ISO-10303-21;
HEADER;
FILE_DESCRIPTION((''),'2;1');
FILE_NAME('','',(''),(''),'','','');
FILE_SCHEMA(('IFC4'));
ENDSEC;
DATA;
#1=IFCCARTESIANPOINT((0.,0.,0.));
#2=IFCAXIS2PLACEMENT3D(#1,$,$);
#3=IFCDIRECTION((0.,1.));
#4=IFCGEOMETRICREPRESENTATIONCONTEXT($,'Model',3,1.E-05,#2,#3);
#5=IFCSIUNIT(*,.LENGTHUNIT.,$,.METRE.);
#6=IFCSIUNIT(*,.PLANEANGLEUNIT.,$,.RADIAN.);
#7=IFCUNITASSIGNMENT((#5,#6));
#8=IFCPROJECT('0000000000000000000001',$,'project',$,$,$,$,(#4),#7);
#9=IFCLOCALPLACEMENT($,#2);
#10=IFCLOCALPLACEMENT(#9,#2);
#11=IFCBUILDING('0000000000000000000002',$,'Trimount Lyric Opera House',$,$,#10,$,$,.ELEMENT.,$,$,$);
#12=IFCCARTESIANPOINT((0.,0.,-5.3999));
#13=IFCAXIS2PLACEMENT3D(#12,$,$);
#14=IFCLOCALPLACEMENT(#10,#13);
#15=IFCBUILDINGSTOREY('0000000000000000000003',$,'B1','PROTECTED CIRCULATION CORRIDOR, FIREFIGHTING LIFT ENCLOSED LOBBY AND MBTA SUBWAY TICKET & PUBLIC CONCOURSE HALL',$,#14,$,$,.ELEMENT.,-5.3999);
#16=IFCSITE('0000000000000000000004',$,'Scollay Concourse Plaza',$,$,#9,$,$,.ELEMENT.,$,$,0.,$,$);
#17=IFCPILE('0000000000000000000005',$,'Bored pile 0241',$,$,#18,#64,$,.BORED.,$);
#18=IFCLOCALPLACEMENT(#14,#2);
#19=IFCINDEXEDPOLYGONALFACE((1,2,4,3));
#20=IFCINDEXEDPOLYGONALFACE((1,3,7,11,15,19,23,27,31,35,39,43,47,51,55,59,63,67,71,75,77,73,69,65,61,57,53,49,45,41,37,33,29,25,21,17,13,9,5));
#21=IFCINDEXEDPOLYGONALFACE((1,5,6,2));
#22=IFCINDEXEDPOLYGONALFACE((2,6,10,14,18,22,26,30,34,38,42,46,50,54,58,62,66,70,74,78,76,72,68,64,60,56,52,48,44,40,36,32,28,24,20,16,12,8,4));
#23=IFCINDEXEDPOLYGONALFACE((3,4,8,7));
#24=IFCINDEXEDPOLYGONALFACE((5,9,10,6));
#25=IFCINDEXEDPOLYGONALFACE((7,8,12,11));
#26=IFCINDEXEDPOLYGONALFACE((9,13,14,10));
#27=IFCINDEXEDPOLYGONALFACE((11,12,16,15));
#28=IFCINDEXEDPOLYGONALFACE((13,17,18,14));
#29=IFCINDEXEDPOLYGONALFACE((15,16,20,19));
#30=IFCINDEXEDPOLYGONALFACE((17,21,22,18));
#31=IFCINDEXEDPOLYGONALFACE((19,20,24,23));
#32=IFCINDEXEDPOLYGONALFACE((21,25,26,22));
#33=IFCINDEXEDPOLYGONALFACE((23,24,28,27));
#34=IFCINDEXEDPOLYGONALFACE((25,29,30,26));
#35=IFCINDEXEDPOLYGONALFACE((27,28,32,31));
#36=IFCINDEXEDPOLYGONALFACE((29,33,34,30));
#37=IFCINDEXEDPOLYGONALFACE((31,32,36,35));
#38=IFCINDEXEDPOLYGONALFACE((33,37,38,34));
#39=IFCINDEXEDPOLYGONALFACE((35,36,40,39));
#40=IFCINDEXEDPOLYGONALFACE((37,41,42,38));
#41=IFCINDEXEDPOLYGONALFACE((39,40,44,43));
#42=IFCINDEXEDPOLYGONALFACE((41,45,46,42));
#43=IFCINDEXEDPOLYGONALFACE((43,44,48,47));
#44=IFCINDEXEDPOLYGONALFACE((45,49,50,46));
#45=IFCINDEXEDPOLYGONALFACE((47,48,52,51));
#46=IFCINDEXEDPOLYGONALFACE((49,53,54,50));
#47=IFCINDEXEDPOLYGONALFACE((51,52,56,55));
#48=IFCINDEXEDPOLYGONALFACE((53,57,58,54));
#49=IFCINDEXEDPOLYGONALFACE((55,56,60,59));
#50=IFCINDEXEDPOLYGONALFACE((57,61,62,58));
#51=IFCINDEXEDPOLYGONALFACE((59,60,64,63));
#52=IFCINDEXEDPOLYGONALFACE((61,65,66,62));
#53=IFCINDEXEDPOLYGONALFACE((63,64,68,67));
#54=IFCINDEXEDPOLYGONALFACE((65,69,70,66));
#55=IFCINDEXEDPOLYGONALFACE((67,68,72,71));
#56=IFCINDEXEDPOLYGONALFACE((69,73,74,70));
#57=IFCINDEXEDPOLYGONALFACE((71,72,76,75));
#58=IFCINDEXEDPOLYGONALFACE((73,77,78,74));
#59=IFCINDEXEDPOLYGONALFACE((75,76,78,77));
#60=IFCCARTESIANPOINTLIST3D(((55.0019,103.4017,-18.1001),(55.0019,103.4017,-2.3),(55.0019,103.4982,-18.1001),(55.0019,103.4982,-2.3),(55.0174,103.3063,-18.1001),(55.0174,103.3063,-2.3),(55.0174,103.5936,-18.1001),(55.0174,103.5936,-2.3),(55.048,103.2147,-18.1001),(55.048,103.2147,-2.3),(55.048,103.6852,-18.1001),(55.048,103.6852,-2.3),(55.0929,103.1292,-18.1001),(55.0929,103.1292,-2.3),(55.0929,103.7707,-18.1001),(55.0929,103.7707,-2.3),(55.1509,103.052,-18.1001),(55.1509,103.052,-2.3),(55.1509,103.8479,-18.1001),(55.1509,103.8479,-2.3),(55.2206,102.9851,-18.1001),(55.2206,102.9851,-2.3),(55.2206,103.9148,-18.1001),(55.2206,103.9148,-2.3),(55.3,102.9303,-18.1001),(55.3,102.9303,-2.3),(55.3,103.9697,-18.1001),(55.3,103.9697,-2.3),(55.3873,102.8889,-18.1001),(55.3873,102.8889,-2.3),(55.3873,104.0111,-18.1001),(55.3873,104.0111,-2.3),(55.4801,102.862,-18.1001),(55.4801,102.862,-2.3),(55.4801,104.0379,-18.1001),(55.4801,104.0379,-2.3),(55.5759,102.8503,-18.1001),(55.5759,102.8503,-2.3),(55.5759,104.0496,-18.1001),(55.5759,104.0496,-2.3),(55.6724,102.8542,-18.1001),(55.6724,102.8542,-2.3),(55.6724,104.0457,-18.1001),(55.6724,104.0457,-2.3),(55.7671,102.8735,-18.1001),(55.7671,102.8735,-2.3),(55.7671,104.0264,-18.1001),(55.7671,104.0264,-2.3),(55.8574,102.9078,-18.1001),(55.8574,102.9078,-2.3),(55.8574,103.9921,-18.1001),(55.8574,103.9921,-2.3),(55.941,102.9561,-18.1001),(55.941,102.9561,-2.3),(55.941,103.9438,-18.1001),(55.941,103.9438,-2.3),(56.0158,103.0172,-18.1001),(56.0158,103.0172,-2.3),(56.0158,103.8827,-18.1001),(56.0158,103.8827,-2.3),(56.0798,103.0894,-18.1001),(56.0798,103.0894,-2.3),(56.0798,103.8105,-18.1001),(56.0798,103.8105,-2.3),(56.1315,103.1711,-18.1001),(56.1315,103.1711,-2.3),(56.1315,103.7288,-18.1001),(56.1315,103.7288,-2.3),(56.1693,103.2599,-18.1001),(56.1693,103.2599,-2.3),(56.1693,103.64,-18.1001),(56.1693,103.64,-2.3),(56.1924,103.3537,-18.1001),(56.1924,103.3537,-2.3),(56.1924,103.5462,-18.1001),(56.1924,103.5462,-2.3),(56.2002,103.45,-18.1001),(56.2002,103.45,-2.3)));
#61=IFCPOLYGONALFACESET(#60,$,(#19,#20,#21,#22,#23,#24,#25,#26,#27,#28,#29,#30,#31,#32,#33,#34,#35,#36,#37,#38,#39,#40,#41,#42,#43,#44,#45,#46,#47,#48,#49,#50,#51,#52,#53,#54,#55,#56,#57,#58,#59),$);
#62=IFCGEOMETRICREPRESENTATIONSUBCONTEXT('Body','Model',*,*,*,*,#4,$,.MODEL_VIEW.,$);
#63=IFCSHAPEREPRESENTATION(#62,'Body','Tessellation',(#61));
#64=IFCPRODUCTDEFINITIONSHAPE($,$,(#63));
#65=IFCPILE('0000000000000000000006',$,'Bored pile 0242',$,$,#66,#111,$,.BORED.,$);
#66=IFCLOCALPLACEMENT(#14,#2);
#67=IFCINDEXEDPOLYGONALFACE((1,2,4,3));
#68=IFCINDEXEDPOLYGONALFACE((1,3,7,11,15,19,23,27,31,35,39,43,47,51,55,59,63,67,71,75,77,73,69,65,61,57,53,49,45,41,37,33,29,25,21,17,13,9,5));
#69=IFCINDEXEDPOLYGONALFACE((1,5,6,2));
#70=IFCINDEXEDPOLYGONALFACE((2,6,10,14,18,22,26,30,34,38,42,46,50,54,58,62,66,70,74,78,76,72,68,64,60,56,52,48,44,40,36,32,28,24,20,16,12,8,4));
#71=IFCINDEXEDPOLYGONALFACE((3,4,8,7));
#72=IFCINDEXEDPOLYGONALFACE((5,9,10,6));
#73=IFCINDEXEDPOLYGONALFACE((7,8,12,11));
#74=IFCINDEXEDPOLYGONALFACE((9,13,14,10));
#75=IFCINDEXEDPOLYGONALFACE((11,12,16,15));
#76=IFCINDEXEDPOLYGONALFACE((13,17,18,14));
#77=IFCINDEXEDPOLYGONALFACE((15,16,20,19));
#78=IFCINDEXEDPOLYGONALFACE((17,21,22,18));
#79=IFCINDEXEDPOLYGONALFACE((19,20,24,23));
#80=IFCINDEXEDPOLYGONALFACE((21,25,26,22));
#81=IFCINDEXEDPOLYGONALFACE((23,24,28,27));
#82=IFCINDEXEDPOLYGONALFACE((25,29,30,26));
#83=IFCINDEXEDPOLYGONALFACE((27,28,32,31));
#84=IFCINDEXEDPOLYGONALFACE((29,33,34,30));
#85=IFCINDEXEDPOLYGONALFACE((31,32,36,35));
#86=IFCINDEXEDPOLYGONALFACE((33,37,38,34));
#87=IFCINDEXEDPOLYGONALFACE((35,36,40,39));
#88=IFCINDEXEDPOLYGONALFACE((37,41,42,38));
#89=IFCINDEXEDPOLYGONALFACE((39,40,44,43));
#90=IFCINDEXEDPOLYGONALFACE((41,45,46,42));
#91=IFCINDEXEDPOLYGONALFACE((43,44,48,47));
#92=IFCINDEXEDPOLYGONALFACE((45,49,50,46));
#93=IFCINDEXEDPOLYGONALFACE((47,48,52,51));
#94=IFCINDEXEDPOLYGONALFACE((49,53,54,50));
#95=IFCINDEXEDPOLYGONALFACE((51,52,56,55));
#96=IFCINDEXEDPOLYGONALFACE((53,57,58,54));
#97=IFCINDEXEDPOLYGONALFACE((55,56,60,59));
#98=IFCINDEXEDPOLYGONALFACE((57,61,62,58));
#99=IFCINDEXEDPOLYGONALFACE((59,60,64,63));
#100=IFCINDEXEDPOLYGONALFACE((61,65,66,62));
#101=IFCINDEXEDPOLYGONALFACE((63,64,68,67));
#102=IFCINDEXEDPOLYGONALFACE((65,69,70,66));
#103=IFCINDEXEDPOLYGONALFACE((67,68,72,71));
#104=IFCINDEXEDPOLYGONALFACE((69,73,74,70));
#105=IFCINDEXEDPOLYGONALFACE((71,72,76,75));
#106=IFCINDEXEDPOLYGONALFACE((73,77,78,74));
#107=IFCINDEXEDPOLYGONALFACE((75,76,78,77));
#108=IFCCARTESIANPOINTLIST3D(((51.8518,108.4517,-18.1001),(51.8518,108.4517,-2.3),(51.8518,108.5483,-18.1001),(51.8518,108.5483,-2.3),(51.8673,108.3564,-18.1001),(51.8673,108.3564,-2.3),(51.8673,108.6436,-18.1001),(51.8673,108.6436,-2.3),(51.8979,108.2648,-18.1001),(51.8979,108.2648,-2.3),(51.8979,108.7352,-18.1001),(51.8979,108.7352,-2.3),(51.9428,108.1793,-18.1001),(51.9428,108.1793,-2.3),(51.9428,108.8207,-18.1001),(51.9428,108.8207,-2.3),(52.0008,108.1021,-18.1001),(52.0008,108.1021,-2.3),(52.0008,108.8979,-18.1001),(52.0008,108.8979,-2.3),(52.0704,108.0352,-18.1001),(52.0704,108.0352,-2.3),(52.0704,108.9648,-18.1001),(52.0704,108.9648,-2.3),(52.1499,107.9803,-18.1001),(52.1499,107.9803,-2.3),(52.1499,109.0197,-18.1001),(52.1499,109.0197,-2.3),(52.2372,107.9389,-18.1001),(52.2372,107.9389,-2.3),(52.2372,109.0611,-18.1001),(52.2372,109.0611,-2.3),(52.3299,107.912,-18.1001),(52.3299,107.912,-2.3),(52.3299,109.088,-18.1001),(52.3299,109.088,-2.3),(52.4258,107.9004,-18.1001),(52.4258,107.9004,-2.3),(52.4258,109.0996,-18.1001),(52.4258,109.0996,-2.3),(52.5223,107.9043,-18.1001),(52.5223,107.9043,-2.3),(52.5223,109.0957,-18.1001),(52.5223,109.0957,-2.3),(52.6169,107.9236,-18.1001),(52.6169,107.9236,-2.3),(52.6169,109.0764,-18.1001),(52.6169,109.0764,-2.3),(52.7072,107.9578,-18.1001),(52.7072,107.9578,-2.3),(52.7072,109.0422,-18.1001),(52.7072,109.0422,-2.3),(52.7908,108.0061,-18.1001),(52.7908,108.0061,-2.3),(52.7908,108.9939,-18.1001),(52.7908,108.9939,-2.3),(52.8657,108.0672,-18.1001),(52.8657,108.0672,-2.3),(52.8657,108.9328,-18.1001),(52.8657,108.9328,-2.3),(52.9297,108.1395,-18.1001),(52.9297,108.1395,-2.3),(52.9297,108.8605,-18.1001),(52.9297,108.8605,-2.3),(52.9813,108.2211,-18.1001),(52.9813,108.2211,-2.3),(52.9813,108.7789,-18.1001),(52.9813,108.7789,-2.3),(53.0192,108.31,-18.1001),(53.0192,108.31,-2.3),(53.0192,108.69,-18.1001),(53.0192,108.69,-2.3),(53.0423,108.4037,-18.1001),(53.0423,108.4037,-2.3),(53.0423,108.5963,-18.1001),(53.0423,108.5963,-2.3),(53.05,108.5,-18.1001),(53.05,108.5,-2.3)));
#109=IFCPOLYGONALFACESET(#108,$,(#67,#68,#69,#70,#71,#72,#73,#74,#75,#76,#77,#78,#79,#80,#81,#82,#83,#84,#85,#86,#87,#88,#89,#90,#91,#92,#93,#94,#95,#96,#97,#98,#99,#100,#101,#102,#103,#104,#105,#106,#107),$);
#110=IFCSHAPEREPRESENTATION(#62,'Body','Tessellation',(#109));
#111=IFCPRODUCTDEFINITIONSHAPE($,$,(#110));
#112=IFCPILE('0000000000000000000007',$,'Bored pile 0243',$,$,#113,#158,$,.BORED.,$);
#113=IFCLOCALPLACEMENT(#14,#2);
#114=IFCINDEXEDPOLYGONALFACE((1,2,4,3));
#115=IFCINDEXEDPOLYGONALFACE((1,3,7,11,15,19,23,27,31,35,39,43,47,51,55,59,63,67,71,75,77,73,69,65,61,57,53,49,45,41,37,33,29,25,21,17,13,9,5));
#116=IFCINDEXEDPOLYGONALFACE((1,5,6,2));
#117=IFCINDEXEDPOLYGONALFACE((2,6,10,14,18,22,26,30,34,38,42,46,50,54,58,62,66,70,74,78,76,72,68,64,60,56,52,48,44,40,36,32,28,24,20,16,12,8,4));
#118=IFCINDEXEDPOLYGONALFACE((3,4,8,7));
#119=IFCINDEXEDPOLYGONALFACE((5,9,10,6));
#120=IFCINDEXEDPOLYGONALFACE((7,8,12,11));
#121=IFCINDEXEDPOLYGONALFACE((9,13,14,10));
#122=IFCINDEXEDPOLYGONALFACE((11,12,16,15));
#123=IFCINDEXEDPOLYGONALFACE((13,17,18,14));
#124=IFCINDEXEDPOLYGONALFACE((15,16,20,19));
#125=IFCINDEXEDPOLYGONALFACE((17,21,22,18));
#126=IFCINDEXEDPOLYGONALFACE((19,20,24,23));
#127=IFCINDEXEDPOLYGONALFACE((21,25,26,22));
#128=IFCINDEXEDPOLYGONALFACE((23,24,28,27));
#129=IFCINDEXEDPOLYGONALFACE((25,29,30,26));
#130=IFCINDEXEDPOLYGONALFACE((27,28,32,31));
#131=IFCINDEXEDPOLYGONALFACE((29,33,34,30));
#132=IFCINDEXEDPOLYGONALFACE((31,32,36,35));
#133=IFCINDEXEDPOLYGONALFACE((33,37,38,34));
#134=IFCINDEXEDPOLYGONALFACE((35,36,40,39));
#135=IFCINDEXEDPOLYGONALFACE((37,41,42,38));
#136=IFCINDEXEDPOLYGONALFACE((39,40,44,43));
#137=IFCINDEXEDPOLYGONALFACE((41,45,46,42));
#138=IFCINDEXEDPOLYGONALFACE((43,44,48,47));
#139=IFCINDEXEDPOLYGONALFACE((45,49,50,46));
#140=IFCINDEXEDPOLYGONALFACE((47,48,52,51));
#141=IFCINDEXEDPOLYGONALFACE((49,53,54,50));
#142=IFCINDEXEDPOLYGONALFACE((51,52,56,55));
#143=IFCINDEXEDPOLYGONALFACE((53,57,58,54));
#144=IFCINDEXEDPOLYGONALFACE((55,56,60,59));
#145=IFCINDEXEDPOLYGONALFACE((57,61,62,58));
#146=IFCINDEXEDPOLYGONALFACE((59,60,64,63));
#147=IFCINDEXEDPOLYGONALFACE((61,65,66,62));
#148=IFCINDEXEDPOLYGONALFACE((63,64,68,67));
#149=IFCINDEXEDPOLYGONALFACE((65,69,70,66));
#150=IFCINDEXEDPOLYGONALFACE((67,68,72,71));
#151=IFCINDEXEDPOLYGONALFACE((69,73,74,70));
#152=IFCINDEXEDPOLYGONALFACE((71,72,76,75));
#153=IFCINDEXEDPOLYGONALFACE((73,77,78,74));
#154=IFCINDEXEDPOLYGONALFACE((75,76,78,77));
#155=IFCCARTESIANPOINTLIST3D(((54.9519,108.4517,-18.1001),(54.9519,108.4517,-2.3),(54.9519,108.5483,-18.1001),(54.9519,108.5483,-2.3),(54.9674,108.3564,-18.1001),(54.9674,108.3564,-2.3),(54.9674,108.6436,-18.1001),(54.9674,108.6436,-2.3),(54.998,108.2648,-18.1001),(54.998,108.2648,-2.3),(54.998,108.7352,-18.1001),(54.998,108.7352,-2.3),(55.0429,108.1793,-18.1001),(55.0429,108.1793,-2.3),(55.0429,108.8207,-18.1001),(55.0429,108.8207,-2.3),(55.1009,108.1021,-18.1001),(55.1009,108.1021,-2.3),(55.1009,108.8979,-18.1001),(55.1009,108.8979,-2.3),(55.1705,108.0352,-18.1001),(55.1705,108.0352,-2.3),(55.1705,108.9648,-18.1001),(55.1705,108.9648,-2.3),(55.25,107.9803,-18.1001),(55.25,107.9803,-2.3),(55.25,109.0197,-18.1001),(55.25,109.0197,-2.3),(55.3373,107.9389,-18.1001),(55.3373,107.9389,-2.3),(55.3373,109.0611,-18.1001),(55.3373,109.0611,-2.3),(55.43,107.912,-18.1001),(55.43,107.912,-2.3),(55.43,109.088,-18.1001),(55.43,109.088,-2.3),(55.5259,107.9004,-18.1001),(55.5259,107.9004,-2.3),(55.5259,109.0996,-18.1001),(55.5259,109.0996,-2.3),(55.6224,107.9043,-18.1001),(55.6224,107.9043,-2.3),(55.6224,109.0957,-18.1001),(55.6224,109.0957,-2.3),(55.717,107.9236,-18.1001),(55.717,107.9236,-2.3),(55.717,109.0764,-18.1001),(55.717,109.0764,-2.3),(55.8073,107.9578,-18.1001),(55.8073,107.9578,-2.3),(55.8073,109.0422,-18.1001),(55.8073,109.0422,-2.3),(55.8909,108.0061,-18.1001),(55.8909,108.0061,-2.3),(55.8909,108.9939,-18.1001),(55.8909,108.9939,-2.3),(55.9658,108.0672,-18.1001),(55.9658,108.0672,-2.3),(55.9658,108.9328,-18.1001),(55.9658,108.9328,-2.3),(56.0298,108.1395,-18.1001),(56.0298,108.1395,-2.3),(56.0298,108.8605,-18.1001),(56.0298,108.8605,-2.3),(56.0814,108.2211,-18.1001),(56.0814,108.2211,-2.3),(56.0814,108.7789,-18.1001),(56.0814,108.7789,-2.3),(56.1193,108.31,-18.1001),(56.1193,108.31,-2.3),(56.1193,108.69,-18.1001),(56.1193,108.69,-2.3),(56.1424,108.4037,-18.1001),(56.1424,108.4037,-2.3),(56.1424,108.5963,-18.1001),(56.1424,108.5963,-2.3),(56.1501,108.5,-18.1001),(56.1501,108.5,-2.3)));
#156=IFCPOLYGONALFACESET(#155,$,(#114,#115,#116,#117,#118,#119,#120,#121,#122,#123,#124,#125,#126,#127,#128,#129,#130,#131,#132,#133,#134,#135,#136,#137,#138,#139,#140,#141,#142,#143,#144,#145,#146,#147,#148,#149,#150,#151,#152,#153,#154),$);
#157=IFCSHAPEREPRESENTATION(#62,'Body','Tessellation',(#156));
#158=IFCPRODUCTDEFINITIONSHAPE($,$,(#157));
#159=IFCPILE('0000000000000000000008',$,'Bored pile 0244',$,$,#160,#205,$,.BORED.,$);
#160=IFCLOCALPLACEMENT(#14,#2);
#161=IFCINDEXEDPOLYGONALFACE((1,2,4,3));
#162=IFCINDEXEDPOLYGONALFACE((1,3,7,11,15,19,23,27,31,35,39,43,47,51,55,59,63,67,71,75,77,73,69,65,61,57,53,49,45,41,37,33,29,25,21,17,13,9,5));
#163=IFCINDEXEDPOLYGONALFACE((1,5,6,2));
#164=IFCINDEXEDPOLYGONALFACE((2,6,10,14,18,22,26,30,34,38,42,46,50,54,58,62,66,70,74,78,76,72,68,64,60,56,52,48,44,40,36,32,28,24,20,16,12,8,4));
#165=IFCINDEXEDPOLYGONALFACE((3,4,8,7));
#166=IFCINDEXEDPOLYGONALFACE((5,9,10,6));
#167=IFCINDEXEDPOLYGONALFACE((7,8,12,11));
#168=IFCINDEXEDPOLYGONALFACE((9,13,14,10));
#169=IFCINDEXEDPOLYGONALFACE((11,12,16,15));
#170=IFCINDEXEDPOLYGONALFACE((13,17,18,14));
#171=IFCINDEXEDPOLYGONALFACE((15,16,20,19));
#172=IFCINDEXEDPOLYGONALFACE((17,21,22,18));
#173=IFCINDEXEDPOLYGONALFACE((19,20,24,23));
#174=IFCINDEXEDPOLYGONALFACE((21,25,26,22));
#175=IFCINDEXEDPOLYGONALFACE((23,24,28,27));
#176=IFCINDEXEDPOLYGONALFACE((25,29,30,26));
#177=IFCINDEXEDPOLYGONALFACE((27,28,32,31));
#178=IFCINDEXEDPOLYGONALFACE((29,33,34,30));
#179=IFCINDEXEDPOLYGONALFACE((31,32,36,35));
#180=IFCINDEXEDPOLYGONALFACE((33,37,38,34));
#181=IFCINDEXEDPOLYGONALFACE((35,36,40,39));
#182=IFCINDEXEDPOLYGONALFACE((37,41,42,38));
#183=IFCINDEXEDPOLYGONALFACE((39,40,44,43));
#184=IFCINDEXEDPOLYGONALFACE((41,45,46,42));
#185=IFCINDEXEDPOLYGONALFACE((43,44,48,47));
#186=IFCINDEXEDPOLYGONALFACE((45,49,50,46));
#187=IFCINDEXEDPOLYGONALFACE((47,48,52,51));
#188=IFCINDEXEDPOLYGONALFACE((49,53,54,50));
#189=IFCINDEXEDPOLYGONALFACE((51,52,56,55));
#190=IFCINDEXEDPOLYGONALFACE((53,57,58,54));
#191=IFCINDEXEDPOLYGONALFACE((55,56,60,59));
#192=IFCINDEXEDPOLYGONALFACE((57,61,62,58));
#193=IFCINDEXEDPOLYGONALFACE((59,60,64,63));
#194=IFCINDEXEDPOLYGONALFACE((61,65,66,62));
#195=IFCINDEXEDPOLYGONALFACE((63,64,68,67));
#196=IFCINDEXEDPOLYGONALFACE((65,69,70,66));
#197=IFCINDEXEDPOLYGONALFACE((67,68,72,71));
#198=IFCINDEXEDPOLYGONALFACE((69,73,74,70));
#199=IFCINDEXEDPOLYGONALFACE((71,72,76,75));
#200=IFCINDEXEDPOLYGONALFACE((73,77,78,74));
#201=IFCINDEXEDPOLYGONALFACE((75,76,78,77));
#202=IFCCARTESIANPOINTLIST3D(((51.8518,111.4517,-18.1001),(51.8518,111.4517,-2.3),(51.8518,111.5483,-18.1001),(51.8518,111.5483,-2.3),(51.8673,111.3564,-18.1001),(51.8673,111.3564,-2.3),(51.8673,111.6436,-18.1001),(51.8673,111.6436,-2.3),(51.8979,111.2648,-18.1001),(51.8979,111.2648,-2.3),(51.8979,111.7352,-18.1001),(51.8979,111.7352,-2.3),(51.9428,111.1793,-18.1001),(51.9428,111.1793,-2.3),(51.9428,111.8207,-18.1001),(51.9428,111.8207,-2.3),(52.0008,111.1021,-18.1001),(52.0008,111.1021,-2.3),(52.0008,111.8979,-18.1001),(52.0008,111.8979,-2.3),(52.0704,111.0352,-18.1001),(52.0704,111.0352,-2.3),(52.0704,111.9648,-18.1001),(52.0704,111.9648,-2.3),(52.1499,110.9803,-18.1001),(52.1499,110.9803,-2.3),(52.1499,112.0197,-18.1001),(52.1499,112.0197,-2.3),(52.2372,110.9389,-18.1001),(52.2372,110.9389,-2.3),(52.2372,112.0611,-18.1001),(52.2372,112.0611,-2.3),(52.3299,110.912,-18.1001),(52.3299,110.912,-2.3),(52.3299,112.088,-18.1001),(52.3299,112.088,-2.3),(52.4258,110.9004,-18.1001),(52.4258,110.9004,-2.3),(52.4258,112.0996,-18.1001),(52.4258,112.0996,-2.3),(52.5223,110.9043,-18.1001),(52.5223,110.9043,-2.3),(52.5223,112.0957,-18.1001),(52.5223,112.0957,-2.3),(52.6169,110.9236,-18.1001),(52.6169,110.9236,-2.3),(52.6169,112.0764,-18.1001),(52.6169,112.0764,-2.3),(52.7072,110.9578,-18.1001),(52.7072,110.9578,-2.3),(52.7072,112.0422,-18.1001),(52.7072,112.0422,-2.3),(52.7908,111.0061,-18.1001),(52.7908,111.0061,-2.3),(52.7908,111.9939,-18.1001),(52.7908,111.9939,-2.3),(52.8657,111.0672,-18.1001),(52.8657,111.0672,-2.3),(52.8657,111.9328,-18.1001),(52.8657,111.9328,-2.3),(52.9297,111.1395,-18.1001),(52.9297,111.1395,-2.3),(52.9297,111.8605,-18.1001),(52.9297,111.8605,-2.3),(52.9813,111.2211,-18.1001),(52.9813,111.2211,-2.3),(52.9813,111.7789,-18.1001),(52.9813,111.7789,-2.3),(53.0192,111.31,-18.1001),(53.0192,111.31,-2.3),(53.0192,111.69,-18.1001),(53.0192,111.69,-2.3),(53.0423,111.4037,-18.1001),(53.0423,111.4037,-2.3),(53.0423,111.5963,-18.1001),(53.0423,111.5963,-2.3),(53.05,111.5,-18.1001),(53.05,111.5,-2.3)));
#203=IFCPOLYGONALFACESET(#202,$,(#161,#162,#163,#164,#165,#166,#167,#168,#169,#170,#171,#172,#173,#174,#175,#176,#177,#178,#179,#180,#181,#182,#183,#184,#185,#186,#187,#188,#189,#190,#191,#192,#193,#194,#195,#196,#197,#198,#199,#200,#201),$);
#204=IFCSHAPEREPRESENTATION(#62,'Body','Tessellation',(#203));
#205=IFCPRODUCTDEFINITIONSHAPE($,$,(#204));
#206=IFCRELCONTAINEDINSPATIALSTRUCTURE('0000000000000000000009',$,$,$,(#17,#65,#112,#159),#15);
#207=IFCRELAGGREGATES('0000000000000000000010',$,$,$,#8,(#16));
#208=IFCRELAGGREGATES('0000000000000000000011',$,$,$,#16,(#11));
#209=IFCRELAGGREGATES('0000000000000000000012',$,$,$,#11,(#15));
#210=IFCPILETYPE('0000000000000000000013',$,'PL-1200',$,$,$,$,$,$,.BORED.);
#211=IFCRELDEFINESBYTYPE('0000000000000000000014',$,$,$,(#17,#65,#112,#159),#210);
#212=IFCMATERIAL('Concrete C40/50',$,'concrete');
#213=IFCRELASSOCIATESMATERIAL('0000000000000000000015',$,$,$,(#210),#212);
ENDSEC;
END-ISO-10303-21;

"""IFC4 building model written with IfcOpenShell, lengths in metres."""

from ifc_helpers import new_model, si_unit, direction, frame, origin, origin_2d, place, context, subcontext, project, spatial, circle, extrude, material, material_profile, profile_set, type_object, element, save


model = new_model("IFC4")

# Units and contexts
model_context = context("Model", 3, precision=1e-05, world=origin(), true_north=direction((0.0, 1.0)))
body_context = subcontext(model_context, "Body", "Model", "MODEL_VIEW")
ifc_project = project(units=[si_unit("LENGTHUNIT", "METRE"), si_unit("PLANEANGLEUNIT", "RADIAN")], contexts=[model_context])

# Site, building, storey
site_placement = place(None, origin())
site = spatial("IfcSite", under=ifc_project, at=site_placement, Name="Scollay Concourse Plaza", CompositionType="ELEMENT", RefElevation=0.0)
building_placement = place(site_placement, origin())
building = spatial("IfcBuilding", under=site, at=building_placement, Name="Trimount Lyric Opera House", CompositionType="ELEMENT")
storey_placement = place(building_placement, frame((0.0, 0.0, -5.3999)))
storey = spatial("IfcBuildingStorey", under=building, at=storey_placement, Name="B1", Description="PROTECTED CIRCULATION CORRIDOR, FIREFIGHTING LIFT ENCLOSED LOBBY AND MBTA SUBWAY TICKET & PUBLIC CONCOURSE HALL", CompositionType="ELEMENT", Elevation=-5.3999)

# Piles
ifc_material_1 = material(Name="Concrete C40/50", Category="concrete")
ifc_material_profile_1 = material_profile(ifc_material_1, circle(Radius=0.6001, at=origin_2d()), Name="PILE-D1200")
ifc_profile_set_1 = profile_set([ifc_material_profile_1], Name="Concrete C40/50")
pile_type_1 = type_object("IfcPileType", Name="PL-1200", PredefinedType="BORED", material=ifc_profile_set_1)
for number, where, z_axis, x_axis, name in (
    (1, (55.6001, 103.45, -2.3), (0.0, 0.0, -1.0), (1.0, 0.0, 0.0), "Bored pile 0241"),
    (2, (52.45, 108.5, -2.3), (0.0, 0.0, -1.0), (1.0, 0.0, 0.0), "Bored pile 0242"),
    (3, (55.55, 108.5, -2.3), (0.0, 0.0, -1.0), (1.0, 0.0, 0.0), "Bored pile 0243"),
    (4, (52.45, 111.5, -2.3), (0.0, 0.0, -1.0), (1.0, 0.0, 0.0), "Bored pile 0244"),
):
    element("IfcPile", number, at=place(storey_placement, frame(where, z_axis=z_axis, x_axis=x_axis)), inside=storey, type_object=pile_type_1, Name=name, PredefinedType="BORED", context=body_context, shape_type="SweptSolid", body=[
        extrude(circle(Radius=0.6001, at=origin_2d()), origin(), (0.0, 0.0, 1.0), 15.8),
    ])

save(model, "model.ifc")
